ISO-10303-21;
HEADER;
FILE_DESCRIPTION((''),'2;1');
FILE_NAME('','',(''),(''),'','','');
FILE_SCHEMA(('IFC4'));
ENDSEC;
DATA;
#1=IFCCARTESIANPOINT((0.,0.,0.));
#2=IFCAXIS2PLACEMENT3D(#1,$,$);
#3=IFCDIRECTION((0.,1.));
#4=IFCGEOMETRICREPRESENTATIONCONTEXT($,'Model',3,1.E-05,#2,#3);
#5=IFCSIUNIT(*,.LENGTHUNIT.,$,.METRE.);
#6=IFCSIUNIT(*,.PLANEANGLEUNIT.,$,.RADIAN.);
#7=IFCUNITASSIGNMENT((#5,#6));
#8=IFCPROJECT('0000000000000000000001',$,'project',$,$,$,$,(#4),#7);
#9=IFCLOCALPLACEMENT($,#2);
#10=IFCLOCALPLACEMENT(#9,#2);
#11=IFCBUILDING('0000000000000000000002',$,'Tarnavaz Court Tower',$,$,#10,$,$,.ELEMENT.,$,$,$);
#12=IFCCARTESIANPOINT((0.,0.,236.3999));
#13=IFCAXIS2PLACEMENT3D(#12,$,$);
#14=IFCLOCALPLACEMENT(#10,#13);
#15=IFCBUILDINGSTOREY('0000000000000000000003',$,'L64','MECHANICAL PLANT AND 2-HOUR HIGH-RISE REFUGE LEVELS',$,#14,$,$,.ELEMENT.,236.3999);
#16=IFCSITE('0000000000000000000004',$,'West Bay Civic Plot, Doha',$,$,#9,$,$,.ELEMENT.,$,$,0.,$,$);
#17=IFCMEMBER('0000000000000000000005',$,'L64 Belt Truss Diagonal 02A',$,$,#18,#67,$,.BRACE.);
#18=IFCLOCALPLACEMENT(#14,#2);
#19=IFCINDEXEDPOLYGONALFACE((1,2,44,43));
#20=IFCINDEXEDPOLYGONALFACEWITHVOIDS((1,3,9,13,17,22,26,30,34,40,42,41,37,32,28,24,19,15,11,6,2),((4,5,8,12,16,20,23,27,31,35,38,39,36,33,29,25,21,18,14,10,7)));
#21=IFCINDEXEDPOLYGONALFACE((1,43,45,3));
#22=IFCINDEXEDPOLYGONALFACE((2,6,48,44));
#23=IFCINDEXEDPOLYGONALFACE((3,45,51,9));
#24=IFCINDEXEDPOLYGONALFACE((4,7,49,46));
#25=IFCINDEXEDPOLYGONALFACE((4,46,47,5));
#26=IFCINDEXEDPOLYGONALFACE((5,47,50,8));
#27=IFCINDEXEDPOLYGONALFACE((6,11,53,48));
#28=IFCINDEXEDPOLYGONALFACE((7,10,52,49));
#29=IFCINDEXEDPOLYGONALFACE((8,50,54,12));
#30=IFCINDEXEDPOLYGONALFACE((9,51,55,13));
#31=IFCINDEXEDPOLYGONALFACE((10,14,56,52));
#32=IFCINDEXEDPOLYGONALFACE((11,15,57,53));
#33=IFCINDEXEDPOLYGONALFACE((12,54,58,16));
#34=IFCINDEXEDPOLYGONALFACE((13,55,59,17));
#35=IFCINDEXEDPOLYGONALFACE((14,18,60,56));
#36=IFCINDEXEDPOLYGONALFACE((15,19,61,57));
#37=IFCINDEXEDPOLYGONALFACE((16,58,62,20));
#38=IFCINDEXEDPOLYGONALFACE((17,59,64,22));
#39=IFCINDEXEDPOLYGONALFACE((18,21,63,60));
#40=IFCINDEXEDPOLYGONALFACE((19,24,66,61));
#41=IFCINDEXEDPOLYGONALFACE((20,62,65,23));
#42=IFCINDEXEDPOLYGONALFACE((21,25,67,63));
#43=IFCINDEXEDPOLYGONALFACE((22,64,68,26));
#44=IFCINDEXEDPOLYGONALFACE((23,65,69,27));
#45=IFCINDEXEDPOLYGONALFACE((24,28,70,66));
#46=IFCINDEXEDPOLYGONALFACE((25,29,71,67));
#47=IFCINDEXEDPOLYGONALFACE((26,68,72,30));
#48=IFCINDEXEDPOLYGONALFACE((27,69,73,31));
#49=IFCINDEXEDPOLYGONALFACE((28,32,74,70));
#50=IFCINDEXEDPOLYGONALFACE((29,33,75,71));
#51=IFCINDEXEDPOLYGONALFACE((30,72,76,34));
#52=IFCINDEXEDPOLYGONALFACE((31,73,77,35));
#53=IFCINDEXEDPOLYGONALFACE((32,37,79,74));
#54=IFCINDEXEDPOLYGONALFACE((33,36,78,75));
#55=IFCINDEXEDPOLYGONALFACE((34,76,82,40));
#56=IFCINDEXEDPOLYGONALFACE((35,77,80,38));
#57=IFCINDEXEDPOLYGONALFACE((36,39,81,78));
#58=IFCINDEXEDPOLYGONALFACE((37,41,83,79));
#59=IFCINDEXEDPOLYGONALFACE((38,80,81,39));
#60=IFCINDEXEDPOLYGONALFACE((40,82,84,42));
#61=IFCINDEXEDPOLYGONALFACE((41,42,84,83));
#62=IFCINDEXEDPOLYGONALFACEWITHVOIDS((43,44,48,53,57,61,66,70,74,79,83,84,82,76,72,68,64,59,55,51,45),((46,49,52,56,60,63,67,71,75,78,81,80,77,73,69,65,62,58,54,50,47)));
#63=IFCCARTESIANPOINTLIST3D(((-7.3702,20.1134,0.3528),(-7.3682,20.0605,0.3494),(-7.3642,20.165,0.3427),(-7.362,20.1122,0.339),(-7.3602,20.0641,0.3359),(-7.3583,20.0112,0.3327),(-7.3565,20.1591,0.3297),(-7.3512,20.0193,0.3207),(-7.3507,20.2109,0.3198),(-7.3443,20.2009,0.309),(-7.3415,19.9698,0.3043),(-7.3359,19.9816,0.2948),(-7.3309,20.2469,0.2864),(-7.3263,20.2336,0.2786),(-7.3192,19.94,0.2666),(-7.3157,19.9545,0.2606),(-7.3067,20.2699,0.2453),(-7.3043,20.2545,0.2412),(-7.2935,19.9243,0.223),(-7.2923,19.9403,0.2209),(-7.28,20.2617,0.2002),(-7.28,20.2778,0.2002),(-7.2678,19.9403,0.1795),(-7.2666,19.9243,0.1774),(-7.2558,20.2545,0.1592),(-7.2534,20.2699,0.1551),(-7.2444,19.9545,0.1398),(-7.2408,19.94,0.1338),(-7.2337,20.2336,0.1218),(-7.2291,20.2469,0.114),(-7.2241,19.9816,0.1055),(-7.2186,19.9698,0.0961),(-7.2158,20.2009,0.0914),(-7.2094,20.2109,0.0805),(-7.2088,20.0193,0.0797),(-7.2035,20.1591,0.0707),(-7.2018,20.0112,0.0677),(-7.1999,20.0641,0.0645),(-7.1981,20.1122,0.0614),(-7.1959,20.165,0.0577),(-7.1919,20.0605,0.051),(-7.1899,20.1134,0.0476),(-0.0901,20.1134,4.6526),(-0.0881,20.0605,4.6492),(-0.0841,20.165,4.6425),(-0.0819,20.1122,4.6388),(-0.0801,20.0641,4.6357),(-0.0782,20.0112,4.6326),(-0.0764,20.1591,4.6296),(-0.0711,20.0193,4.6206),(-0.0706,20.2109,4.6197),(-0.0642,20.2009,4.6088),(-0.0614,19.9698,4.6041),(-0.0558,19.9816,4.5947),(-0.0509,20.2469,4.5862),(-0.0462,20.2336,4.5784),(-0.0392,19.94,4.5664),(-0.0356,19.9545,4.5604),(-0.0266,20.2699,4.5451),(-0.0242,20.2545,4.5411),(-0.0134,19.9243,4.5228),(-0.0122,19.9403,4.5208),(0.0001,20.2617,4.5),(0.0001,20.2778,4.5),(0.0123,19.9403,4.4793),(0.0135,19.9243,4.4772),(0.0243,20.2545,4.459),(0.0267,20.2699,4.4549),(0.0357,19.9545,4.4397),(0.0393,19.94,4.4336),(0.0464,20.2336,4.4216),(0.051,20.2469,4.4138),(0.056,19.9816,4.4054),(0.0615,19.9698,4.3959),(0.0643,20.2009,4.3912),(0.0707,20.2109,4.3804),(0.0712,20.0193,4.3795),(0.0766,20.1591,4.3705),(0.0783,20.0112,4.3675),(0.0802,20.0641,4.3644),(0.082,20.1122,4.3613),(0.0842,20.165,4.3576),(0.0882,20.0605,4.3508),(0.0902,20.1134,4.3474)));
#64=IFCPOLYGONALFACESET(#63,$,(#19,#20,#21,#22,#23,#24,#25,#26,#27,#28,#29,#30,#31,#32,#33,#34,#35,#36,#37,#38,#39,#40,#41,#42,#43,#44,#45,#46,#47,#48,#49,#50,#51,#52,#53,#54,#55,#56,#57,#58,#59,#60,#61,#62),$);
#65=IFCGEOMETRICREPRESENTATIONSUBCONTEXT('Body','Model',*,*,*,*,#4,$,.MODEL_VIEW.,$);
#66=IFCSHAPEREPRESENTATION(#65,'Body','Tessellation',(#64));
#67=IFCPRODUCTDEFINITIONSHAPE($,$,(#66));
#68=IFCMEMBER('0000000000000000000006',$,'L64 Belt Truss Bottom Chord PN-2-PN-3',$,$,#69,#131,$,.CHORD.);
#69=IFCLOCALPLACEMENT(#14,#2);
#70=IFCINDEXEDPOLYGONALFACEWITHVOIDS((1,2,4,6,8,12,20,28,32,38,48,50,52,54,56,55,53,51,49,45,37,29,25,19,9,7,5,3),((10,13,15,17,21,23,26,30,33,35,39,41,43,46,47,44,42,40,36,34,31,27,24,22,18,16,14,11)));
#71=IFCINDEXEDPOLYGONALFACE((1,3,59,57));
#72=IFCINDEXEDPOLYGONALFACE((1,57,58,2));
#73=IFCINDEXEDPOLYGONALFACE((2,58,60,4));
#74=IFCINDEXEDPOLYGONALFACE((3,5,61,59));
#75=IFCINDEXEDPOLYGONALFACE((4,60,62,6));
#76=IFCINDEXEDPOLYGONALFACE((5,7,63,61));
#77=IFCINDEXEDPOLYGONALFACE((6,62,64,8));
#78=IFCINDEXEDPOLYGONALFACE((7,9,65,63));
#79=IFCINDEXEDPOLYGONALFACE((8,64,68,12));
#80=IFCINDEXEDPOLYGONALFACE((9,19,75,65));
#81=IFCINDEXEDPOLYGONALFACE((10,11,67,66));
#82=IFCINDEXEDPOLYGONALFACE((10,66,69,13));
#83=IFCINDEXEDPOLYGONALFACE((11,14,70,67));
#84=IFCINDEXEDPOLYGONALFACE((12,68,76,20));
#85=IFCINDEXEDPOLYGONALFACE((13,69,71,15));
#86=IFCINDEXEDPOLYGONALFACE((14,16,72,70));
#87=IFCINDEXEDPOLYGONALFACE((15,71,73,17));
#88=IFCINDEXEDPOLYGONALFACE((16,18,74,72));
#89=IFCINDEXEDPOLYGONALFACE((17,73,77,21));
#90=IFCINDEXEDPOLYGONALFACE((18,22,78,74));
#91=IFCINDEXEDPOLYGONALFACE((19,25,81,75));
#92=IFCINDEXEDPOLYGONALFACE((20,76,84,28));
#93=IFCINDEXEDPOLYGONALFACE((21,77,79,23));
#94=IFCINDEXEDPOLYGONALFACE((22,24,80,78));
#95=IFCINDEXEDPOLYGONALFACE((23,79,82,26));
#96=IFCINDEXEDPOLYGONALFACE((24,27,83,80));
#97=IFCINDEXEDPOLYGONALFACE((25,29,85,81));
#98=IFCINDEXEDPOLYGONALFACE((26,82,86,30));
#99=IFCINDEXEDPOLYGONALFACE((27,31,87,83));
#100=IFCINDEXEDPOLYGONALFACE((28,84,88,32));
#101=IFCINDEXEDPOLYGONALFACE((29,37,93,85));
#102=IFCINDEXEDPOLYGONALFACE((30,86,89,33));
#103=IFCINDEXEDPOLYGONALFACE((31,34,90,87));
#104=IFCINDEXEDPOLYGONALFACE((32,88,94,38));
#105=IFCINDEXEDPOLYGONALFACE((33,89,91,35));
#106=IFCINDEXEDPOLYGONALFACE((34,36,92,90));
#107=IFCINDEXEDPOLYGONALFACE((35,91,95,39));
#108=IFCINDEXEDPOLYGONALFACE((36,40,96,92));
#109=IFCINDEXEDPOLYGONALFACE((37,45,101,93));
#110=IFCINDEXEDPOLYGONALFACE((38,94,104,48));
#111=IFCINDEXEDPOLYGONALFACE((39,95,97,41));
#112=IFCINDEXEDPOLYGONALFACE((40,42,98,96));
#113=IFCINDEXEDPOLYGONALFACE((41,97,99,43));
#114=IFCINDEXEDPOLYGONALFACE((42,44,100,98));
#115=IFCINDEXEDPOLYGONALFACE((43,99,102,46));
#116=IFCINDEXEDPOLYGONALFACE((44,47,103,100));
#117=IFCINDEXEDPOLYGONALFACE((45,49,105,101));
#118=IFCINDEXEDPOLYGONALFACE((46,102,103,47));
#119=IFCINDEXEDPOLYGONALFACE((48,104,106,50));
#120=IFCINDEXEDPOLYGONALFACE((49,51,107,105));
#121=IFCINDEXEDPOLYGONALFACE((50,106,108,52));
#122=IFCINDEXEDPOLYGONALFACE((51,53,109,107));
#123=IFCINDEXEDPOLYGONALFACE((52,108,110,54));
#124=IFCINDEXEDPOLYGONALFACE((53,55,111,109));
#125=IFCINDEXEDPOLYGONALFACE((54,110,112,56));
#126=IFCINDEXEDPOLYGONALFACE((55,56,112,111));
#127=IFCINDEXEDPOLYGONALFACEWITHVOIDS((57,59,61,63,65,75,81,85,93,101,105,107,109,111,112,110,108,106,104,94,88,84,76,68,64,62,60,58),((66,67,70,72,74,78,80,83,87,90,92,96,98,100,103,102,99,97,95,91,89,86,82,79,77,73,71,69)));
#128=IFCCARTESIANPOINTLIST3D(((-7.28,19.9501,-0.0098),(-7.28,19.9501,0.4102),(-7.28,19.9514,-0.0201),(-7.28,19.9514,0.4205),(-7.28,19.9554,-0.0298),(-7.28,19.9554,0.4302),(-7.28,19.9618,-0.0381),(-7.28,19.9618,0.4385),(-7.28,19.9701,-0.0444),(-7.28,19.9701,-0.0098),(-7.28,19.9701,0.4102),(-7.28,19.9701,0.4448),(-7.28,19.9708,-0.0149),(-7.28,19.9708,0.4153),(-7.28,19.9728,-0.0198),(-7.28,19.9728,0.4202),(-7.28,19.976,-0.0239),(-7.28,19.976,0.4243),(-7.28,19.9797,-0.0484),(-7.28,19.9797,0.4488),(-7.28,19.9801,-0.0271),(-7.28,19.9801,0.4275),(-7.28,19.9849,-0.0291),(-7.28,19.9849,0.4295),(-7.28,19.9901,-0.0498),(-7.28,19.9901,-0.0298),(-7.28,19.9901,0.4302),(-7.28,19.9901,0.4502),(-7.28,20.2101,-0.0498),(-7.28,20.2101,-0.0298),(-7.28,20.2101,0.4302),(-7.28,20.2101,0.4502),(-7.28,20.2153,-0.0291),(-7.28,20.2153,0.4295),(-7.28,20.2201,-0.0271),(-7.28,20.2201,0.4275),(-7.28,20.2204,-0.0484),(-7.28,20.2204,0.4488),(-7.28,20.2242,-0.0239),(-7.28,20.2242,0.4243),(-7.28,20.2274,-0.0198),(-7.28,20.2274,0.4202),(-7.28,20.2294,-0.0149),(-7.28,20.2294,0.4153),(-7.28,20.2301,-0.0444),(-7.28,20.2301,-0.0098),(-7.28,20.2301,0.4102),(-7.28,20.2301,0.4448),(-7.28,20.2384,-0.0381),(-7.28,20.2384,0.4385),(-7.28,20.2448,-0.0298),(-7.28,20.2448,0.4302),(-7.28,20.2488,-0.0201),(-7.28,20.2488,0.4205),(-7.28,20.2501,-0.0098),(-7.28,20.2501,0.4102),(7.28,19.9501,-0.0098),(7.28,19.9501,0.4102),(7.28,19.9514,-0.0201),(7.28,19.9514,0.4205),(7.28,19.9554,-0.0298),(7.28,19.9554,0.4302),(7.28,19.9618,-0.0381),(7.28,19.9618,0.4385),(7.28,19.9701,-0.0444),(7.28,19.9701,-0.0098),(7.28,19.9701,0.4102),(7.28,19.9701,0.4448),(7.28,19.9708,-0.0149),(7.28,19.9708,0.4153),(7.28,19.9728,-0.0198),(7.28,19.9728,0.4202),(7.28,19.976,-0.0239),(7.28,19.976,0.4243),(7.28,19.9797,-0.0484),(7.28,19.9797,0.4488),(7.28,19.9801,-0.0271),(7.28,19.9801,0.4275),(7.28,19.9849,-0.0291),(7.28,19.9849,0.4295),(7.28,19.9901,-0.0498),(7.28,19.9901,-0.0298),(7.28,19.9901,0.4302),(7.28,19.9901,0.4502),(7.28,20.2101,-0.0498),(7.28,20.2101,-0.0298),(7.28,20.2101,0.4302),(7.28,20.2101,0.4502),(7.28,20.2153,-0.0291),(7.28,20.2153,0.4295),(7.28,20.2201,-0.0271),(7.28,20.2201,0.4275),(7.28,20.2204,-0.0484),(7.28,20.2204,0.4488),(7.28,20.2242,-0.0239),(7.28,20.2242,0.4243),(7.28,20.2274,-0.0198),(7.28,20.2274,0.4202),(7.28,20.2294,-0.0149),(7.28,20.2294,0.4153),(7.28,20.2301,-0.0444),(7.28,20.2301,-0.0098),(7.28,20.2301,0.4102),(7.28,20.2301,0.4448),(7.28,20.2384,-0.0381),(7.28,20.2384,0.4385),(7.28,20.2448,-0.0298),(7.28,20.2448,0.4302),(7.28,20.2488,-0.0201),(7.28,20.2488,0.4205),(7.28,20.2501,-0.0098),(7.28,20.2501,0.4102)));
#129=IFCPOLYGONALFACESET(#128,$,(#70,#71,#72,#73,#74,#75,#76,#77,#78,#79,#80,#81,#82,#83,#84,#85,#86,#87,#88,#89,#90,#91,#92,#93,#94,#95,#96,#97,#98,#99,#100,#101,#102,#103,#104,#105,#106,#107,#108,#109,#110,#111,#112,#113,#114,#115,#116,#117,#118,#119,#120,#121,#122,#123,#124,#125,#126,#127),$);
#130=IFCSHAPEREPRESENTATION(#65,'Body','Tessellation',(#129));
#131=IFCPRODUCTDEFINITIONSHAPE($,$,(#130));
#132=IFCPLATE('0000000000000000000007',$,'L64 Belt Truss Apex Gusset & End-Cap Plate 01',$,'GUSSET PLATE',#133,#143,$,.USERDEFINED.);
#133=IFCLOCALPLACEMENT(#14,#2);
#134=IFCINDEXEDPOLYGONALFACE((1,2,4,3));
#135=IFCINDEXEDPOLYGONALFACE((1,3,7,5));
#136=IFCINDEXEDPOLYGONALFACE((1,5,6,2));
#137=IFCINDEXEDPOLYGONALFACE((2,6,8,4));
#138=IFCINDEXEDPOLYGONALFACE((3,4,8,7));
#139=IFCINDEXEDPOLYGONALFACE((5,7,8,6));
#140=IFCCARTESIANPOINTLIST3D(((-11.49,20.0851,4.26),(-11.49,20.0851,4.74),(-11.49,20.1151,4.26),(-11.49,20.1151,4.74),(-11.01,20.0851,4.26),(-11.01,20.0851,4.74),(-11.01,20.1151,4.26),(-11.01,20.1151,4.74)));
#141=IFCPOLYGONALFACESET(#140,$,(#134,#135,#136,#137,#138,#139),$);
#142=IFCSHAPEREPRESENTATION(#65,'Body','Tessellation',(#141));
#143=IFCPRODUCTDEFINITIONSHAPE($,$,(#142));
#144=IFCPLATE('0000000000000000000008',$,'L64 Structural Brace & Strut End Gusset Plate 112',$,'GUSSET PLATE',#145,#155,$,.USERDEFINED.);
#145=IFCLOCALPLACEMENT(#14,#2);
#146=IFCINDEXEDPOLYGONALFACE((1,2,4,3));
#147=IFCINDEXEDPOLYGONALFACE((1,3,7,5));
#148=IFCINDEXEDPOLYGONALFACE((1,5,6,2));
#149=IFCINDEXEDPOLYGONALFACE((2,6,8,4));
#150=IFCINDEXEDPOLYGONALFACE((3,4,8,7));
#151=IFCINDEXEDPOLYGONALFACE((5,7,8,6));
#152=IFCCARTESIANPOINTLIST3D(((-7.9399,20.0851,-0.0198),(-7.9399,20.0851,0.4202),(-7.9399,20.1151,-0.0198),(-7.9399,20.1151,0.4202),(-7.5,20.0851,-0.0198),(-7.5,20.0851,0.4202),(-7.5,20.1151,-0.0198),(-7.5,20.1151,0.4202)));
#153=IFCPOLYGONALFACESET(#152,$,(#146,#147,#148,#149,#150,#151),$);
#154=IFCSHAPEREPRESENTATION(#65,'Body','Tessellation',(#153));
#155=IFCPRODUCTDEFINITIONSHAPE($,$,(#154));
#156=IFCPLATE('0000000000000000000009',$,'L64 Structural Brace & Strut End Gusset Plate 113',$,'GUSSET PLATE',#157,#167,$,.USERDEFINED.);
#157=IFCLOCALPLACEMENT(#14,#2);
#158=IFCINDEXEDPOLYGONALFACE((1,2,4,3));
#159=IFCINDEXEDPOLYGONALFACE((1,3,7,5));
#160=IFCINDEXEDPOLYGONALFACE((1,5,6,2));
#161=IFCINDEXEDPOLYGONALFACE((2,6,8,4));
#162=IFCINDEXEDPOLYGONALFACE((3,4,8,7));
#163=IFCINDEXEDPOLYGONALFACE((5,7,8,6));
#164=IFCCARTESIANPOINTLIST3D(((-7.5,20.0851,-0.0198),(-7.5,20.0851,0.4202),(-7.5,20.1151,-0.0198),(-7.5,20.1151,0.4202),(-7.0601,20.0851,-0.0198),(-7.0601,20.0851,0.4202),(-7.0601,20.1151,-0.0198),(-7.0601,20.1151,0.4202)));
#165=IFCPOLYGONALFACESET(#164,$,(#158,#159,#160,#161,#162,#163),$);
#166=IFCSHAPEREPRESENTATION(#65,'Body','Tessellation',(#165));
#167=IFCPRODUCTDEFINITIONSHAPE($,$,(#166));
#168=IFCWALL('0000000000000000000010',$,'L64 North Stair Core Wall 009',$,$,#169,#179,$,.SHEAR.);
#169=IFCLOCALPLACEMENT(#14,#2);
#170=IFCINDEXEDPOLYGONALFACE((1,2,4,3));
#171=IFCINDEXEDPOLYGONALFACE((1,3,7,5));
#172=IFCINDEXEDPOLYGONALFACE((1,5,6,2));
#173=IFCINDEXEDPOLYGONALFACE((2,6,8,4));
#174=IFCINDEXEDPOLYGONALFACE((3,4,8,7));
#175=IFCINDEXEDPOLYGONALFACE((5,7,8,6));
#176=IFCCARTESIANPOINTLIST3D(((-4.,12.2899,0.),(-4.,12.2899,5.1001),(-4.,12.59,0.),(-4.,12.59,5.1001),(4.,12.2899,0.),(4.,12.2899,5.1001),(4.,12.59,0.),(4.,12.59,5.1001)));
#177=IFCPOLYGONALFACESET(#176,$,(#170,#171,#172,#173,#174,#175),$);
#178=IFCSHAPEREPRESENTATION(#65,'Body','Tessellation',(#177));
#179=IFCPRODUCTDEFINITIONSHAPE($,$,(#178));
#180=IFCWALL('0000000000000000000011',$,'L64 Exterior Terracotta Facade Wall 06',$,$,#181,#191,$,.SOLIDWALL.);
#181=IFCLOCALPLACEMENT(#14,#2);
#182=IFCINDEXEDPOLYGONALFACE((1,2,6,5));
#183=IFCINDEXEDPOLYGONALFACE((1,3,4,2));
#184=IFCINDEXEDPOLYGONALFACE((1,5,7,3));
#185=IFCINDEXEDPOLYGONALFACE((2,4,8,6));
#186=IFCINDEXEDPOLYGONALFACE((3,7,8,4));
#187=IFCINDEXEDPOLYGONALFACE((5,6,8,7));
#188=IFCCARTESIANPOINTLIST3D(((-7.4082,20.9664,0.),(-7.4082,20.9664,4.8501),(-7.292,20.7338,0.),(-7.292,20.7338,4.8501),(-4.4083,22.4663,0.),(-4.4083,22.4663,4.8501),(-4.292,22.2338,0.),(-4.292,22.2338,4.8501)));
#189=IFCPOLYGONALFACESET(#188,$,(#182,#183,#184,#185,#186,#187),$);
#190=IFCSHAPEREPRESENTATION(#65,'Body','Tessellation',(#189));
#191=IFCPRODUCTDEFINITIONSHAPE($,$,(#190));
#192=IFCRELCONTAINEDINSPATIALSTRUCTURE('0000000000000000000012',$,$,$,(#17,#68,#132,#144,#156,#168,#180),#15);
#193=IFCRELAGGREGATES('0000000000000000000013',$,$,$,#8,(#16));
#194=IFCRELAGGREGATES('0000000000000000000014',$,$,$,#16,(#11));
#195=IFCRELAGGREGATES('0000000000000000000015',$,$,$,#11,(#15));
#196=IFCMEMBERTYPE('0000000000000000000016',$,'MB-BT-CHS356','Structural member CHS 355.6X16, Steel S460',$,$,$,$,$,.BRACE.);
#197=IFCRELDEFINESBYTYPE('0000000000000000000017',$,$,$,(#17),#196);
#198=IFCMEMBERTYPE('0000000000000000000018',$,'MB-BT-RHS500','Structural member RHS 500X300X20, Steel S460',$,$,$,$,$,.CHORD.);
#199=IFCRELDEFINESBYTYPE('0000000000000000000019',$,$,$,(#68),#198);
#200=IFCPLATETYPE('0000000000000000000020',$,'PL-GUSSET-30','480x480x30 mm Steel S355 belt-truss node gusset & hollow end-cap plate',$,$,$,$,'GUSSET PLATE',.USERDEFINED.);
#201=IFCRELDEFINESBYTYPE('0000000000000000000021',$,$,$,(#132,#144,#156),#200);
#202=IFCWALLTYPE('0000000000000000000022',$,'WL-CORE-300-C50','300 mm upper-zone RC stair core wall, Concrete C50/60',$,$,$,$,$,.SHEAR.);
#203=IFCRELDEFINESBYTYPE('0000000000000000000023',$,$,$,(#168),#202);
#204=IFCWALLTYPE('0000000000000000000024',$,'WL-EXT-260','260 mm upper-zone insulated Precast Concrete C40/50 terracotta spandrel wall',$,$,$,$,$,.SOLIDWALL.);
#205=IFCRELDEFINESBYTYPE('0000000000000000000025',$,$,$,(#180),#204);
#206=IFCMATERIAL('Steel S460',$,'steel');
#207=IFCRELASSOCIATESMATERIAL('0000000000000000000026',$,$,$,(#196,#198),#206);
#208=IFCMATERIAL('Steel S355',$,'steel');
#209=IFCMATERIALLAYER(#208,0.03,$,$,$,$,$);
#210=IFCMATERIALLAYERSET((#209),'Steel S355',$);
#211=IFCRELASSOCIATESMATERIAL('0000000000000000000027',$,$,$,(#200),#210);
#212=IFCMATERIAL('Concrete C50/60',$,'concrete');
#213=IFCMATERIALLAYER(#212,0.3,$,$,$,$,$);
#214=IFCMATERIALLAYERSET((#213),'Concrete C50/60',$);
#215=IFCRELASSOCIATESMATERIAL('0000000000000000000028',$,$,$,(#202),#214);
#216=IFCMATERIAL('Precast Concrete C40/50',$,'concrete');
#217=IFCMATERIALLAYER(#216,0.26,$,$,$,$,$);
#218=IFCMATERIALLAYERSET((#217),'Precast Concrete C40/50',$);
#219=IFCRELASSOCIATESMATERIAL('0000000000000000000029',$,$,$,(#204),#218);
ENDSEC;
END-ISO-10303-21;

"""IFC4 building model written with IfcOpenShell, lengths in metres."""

from ifc_helpers import new_model, si_unit, direction, frame, frame_2d, origin, origin_2d, place, context, subcontext, project, spatial, rectangle, hollow_rectangle, hollow_circle, extrude, material, layer, layer_set, material_profile, profile_set, type_object, element, save


model = new_model("IFC4")

# Units and contexts
model_context = context("Model", 3, precision=1e-05, world=origin(), true_north=direction((0.0, 1.0)))
body_context = subcontext(model_context, "Body", "Model", "MODEL_VIEW")
ifc_project = project(units=[si_unit("LENGTHUNIT", "METRE"), si_unit("PLANEANGLEUNIT", "RADIAN")], contexts=[model_context])

# Site, building, storey
site_placement = place(None, origin())
site = spatial("IfcSite", under=ifc_project, at=site_placement, Name="West Bay Civic Plot, Doha", CompositionType="ELEMENT", RefElevation=0.0)
building_placement = place(site_placement, origin())
building = spatial("IfcBuilding", under=site, at=building_placement, Name="Tarnavaz Court Tower", CompositionType="ELEMENT")
storey_placement = place(building_placement, frame((0.0, 0.0, 236.3999)))
storey = spatial("IfcBuildingStorey", under=building, at=storey_placement, Name="L64", Description="MECHANICAL PLANT AND 2-HOUR HIGH-RISE REFUGE LEVELS", CompositionType="ELEMENT", Elevation=236.3999)

# Shared definitions
ifc_material_1 = material(Name="Concrete C50/60", Category="concrete")
ifc_material_2 = material(Name="Steel S460", Category="steel")

# Shared definitions
ifc_material_3 = material(Name="Steel S355", Category="steel")

# Members
ifc_material_profile_1 = material_profile(ifc_material_2, hollow_circle(Radius=0.1777, WallThickness=0.0161, at=origin_2d()), Name="CHS 355.6X16")
ifc_profile_set_1 = profile_set([ifc_material_profile_1], Name="Steel S460")
member_type_1 = type_object("IfcMemberType", Name="MB-BT-CHS356", Description="Structural member CHS 355.6X16, Steel S460", PredefinedType="BRACE", material=ifc_profile_set_1)
member_1_placement = place(storey_placement, frame((-7.28, 20.1001, 0.2002), z_axis=(0.861032, 0.0, 0.508551), x_axis=(0.0, 1.0, 0.0)))
element("IfcMember", 1, at=member_1_placement, inside=storey, type_object=member_type_1, Name="L64 Belt Truss Diagonal 02A", PredefinedType="BRACE", context=body_context, shape_type="SweptSolid", body=[
    extrude(hollow_circle(Radius=0.1777, WallThickness=0.0161, at=origin_2d()), origin(), (0.0, 0.0, 1.0), 8.4551),
])
ifc_material_profile_2 = material_profile(ifc_material_2, hollow_rectangle(XDim=0.3, YDim=0.5, WallThickness=0.02, InnerFilletRadius=0.02, OuterFilletRadius=0.04, at=origin_2d()), Name="RHS 500X300X20")
ifc_profile_set_2 = profile_set([ifc_material_profile_2], Name="Steel S460")
member_type_2 = type_object("IfcMemberType", Name="MB-BT-RHS500", Description="Structural member RHS 500X300X20, Steel S460", PredefinedType="CHORD", material=ifc_profile_set_2)
member_2_placement = place(storey_placement, frame((-7.28, 20.1001, 0.2002), z_axis=(1.0, 0.0, 0.0), x_axis=(0.0, 1.0, 0.0)))
element("IfcMember", 2, at=member_2_placement, inside=storey, type_object=member_type_2, Name="L64 Belt Truss Bottom Chord PN-2-PN-3", PredefinedType="CHORD", context=body_context, shape_type="SweptSolid", body=[
    extrude(hollow_rectangle(XDim=0.3, YDim=0.5, WallThickness=0.02, InnerFilletRadius=0.02, OuterFilletRadius=0.04, at=origin_2d()), origin(), (0.0, 0.0, 1.0), 14.5601),
])

# Plates
ifc_layer_1 = layer(ifc_material_3, 0.03)
ifc_layer_set_1 = layer_set([ifc_layer_1], Name="Steel S355")
plate_type = type_object("IfcPlateType", Name="PL-GUSSET-30", Description="480x480x30 mm Steel S355 belt-truss node gusset & hollow end-cap plate", ElementType="GUSSET PLATE", PredefinedType="USERDEFINED", material=ifc_layer_set_1)
plate_placement = place(storey_placement, frame((-11.25, 20.1001, 4.26), z_axis=(0.0, 0.0, 1.0), x_axis=(1.0, 0.0, 0.0)))
element("IfcPlate", 3, at=plate_placement, inside=storey, type_object=plate_type, Name="L64 Belt Truss Apex Gusset & End-Cap Plate 01", ObjectType="GUSSET PLATE", PredefinedType="USERDEFINED", context=body_context, shape_type="SweptSolid", body=[
    extrude(rectangle(XDim=0.48, YDim=0.03, at=origin_2d()), origin(), (0.0, 0.0, 1.0), 0.48),
])
for number, where, z_axis, x_axis, name in (
    (4, (-7.72, 20.1001, -0.0198), (0.0, 0.0, 1.0), (1.0, 0.0, 0.0), "L64 Structural Brace & Strut End Gusset Plate 112"),
    (5, (-7.28, 20.1001, -0.0198), (0.0, 0.0, 1.0), (1.0, 0.0, 0.0), "L64 Structural Brace & Strut End Gusset Plate 113"),
):
    element("IfcPlate", number, at=place(storey_placement, frame(where, z_axis=z_axis, x_axis=x_axis)), inside=storey, type_object=plate_type, Name=name, ObjectType="GUSSET PLATE", PredefinedType="USERDEFINED", context=body_context, shape_type="SweptSolid", body=[
        extrude(rectangle(XDim=0.4399, YDim=0.03, at=origin_2d()), origin(), (0.0, 0.0, 1.0), 0.4399),
    ])

# Walls
ifc_layer_2 = layer(ifc_material_1, 0.3)
ifc_layer_set_2 = layer_set([ifc_layer_2], Name="Concrete C50/60")
wall_type_1 = type_object("IfcWallType", Name="WL-CORE-300-C50", Description="300 mm upper-zone RC stair core wall, Concrete C50/60", PredefinedType="SHEAR", material=ifc_layer_set_2)
wall_1_placement = place(storey_placement, frame((-4.0, 12.4399, 0.0), z_axis=(0.0, 0.0, 1.0), x_axis=(1.0, 0.0, 0.0)))
element("IfcWall", 6, at=wall_1_placement, inside=storey, type_object=wall_type_1, Name="L64 North Stair Core Wall 009", PredefinedType="SHEAR", context=body_context, shape_type="SweptSolid", body=[
    extrude(rectangle(XDim=8.0, YDim=0.3, at=frame_2d((4.0, 0.0))), origin(), (0.0, 0.0, 1.0), 5.1001),
])
ifc_material_4 = material(Name="Precast Concrete C40/50", Category="concrete")
ifc_layer_3 = layer(ifc_material_4, 0.26)
ifc_layer_set_3 = layer_set([ifc_layer_3], Name="Precast Concrete C40/50")
wall_type_2 = type_object("IfcWallType", Name="WL-EXT-260", Description="260 mm upper-zone insulated Precast Concrete C40/50 terracotta spandrel wall", PredefinedType="SOLIDWALL", material=ifc_layer_set_3)
wall_2_placement = place(storey_placement, frame((-7.3501, 20.8501, 0.0), z_axis=(0.0, 0.0, 1.0), x_axis=(0.894427, 0.447214, 0.0)))
element("IfcWall", 7, at=wall_2_placement, inside=storey, type_object=wall_type_2, Name="L64 Exterior Terracotta Facade Wall 06", PredefinedType="SOLIDWALL", context=body_context, shape_type="SweptSolid", body=[
    extrude(rectangle(XDim=3.354, YDim=0.26, at=frame_2d((1.677, 0.0))), origin(), (0.0, 0.0, 1.0), 4.8501),
])

save(model, "model.ifc")
